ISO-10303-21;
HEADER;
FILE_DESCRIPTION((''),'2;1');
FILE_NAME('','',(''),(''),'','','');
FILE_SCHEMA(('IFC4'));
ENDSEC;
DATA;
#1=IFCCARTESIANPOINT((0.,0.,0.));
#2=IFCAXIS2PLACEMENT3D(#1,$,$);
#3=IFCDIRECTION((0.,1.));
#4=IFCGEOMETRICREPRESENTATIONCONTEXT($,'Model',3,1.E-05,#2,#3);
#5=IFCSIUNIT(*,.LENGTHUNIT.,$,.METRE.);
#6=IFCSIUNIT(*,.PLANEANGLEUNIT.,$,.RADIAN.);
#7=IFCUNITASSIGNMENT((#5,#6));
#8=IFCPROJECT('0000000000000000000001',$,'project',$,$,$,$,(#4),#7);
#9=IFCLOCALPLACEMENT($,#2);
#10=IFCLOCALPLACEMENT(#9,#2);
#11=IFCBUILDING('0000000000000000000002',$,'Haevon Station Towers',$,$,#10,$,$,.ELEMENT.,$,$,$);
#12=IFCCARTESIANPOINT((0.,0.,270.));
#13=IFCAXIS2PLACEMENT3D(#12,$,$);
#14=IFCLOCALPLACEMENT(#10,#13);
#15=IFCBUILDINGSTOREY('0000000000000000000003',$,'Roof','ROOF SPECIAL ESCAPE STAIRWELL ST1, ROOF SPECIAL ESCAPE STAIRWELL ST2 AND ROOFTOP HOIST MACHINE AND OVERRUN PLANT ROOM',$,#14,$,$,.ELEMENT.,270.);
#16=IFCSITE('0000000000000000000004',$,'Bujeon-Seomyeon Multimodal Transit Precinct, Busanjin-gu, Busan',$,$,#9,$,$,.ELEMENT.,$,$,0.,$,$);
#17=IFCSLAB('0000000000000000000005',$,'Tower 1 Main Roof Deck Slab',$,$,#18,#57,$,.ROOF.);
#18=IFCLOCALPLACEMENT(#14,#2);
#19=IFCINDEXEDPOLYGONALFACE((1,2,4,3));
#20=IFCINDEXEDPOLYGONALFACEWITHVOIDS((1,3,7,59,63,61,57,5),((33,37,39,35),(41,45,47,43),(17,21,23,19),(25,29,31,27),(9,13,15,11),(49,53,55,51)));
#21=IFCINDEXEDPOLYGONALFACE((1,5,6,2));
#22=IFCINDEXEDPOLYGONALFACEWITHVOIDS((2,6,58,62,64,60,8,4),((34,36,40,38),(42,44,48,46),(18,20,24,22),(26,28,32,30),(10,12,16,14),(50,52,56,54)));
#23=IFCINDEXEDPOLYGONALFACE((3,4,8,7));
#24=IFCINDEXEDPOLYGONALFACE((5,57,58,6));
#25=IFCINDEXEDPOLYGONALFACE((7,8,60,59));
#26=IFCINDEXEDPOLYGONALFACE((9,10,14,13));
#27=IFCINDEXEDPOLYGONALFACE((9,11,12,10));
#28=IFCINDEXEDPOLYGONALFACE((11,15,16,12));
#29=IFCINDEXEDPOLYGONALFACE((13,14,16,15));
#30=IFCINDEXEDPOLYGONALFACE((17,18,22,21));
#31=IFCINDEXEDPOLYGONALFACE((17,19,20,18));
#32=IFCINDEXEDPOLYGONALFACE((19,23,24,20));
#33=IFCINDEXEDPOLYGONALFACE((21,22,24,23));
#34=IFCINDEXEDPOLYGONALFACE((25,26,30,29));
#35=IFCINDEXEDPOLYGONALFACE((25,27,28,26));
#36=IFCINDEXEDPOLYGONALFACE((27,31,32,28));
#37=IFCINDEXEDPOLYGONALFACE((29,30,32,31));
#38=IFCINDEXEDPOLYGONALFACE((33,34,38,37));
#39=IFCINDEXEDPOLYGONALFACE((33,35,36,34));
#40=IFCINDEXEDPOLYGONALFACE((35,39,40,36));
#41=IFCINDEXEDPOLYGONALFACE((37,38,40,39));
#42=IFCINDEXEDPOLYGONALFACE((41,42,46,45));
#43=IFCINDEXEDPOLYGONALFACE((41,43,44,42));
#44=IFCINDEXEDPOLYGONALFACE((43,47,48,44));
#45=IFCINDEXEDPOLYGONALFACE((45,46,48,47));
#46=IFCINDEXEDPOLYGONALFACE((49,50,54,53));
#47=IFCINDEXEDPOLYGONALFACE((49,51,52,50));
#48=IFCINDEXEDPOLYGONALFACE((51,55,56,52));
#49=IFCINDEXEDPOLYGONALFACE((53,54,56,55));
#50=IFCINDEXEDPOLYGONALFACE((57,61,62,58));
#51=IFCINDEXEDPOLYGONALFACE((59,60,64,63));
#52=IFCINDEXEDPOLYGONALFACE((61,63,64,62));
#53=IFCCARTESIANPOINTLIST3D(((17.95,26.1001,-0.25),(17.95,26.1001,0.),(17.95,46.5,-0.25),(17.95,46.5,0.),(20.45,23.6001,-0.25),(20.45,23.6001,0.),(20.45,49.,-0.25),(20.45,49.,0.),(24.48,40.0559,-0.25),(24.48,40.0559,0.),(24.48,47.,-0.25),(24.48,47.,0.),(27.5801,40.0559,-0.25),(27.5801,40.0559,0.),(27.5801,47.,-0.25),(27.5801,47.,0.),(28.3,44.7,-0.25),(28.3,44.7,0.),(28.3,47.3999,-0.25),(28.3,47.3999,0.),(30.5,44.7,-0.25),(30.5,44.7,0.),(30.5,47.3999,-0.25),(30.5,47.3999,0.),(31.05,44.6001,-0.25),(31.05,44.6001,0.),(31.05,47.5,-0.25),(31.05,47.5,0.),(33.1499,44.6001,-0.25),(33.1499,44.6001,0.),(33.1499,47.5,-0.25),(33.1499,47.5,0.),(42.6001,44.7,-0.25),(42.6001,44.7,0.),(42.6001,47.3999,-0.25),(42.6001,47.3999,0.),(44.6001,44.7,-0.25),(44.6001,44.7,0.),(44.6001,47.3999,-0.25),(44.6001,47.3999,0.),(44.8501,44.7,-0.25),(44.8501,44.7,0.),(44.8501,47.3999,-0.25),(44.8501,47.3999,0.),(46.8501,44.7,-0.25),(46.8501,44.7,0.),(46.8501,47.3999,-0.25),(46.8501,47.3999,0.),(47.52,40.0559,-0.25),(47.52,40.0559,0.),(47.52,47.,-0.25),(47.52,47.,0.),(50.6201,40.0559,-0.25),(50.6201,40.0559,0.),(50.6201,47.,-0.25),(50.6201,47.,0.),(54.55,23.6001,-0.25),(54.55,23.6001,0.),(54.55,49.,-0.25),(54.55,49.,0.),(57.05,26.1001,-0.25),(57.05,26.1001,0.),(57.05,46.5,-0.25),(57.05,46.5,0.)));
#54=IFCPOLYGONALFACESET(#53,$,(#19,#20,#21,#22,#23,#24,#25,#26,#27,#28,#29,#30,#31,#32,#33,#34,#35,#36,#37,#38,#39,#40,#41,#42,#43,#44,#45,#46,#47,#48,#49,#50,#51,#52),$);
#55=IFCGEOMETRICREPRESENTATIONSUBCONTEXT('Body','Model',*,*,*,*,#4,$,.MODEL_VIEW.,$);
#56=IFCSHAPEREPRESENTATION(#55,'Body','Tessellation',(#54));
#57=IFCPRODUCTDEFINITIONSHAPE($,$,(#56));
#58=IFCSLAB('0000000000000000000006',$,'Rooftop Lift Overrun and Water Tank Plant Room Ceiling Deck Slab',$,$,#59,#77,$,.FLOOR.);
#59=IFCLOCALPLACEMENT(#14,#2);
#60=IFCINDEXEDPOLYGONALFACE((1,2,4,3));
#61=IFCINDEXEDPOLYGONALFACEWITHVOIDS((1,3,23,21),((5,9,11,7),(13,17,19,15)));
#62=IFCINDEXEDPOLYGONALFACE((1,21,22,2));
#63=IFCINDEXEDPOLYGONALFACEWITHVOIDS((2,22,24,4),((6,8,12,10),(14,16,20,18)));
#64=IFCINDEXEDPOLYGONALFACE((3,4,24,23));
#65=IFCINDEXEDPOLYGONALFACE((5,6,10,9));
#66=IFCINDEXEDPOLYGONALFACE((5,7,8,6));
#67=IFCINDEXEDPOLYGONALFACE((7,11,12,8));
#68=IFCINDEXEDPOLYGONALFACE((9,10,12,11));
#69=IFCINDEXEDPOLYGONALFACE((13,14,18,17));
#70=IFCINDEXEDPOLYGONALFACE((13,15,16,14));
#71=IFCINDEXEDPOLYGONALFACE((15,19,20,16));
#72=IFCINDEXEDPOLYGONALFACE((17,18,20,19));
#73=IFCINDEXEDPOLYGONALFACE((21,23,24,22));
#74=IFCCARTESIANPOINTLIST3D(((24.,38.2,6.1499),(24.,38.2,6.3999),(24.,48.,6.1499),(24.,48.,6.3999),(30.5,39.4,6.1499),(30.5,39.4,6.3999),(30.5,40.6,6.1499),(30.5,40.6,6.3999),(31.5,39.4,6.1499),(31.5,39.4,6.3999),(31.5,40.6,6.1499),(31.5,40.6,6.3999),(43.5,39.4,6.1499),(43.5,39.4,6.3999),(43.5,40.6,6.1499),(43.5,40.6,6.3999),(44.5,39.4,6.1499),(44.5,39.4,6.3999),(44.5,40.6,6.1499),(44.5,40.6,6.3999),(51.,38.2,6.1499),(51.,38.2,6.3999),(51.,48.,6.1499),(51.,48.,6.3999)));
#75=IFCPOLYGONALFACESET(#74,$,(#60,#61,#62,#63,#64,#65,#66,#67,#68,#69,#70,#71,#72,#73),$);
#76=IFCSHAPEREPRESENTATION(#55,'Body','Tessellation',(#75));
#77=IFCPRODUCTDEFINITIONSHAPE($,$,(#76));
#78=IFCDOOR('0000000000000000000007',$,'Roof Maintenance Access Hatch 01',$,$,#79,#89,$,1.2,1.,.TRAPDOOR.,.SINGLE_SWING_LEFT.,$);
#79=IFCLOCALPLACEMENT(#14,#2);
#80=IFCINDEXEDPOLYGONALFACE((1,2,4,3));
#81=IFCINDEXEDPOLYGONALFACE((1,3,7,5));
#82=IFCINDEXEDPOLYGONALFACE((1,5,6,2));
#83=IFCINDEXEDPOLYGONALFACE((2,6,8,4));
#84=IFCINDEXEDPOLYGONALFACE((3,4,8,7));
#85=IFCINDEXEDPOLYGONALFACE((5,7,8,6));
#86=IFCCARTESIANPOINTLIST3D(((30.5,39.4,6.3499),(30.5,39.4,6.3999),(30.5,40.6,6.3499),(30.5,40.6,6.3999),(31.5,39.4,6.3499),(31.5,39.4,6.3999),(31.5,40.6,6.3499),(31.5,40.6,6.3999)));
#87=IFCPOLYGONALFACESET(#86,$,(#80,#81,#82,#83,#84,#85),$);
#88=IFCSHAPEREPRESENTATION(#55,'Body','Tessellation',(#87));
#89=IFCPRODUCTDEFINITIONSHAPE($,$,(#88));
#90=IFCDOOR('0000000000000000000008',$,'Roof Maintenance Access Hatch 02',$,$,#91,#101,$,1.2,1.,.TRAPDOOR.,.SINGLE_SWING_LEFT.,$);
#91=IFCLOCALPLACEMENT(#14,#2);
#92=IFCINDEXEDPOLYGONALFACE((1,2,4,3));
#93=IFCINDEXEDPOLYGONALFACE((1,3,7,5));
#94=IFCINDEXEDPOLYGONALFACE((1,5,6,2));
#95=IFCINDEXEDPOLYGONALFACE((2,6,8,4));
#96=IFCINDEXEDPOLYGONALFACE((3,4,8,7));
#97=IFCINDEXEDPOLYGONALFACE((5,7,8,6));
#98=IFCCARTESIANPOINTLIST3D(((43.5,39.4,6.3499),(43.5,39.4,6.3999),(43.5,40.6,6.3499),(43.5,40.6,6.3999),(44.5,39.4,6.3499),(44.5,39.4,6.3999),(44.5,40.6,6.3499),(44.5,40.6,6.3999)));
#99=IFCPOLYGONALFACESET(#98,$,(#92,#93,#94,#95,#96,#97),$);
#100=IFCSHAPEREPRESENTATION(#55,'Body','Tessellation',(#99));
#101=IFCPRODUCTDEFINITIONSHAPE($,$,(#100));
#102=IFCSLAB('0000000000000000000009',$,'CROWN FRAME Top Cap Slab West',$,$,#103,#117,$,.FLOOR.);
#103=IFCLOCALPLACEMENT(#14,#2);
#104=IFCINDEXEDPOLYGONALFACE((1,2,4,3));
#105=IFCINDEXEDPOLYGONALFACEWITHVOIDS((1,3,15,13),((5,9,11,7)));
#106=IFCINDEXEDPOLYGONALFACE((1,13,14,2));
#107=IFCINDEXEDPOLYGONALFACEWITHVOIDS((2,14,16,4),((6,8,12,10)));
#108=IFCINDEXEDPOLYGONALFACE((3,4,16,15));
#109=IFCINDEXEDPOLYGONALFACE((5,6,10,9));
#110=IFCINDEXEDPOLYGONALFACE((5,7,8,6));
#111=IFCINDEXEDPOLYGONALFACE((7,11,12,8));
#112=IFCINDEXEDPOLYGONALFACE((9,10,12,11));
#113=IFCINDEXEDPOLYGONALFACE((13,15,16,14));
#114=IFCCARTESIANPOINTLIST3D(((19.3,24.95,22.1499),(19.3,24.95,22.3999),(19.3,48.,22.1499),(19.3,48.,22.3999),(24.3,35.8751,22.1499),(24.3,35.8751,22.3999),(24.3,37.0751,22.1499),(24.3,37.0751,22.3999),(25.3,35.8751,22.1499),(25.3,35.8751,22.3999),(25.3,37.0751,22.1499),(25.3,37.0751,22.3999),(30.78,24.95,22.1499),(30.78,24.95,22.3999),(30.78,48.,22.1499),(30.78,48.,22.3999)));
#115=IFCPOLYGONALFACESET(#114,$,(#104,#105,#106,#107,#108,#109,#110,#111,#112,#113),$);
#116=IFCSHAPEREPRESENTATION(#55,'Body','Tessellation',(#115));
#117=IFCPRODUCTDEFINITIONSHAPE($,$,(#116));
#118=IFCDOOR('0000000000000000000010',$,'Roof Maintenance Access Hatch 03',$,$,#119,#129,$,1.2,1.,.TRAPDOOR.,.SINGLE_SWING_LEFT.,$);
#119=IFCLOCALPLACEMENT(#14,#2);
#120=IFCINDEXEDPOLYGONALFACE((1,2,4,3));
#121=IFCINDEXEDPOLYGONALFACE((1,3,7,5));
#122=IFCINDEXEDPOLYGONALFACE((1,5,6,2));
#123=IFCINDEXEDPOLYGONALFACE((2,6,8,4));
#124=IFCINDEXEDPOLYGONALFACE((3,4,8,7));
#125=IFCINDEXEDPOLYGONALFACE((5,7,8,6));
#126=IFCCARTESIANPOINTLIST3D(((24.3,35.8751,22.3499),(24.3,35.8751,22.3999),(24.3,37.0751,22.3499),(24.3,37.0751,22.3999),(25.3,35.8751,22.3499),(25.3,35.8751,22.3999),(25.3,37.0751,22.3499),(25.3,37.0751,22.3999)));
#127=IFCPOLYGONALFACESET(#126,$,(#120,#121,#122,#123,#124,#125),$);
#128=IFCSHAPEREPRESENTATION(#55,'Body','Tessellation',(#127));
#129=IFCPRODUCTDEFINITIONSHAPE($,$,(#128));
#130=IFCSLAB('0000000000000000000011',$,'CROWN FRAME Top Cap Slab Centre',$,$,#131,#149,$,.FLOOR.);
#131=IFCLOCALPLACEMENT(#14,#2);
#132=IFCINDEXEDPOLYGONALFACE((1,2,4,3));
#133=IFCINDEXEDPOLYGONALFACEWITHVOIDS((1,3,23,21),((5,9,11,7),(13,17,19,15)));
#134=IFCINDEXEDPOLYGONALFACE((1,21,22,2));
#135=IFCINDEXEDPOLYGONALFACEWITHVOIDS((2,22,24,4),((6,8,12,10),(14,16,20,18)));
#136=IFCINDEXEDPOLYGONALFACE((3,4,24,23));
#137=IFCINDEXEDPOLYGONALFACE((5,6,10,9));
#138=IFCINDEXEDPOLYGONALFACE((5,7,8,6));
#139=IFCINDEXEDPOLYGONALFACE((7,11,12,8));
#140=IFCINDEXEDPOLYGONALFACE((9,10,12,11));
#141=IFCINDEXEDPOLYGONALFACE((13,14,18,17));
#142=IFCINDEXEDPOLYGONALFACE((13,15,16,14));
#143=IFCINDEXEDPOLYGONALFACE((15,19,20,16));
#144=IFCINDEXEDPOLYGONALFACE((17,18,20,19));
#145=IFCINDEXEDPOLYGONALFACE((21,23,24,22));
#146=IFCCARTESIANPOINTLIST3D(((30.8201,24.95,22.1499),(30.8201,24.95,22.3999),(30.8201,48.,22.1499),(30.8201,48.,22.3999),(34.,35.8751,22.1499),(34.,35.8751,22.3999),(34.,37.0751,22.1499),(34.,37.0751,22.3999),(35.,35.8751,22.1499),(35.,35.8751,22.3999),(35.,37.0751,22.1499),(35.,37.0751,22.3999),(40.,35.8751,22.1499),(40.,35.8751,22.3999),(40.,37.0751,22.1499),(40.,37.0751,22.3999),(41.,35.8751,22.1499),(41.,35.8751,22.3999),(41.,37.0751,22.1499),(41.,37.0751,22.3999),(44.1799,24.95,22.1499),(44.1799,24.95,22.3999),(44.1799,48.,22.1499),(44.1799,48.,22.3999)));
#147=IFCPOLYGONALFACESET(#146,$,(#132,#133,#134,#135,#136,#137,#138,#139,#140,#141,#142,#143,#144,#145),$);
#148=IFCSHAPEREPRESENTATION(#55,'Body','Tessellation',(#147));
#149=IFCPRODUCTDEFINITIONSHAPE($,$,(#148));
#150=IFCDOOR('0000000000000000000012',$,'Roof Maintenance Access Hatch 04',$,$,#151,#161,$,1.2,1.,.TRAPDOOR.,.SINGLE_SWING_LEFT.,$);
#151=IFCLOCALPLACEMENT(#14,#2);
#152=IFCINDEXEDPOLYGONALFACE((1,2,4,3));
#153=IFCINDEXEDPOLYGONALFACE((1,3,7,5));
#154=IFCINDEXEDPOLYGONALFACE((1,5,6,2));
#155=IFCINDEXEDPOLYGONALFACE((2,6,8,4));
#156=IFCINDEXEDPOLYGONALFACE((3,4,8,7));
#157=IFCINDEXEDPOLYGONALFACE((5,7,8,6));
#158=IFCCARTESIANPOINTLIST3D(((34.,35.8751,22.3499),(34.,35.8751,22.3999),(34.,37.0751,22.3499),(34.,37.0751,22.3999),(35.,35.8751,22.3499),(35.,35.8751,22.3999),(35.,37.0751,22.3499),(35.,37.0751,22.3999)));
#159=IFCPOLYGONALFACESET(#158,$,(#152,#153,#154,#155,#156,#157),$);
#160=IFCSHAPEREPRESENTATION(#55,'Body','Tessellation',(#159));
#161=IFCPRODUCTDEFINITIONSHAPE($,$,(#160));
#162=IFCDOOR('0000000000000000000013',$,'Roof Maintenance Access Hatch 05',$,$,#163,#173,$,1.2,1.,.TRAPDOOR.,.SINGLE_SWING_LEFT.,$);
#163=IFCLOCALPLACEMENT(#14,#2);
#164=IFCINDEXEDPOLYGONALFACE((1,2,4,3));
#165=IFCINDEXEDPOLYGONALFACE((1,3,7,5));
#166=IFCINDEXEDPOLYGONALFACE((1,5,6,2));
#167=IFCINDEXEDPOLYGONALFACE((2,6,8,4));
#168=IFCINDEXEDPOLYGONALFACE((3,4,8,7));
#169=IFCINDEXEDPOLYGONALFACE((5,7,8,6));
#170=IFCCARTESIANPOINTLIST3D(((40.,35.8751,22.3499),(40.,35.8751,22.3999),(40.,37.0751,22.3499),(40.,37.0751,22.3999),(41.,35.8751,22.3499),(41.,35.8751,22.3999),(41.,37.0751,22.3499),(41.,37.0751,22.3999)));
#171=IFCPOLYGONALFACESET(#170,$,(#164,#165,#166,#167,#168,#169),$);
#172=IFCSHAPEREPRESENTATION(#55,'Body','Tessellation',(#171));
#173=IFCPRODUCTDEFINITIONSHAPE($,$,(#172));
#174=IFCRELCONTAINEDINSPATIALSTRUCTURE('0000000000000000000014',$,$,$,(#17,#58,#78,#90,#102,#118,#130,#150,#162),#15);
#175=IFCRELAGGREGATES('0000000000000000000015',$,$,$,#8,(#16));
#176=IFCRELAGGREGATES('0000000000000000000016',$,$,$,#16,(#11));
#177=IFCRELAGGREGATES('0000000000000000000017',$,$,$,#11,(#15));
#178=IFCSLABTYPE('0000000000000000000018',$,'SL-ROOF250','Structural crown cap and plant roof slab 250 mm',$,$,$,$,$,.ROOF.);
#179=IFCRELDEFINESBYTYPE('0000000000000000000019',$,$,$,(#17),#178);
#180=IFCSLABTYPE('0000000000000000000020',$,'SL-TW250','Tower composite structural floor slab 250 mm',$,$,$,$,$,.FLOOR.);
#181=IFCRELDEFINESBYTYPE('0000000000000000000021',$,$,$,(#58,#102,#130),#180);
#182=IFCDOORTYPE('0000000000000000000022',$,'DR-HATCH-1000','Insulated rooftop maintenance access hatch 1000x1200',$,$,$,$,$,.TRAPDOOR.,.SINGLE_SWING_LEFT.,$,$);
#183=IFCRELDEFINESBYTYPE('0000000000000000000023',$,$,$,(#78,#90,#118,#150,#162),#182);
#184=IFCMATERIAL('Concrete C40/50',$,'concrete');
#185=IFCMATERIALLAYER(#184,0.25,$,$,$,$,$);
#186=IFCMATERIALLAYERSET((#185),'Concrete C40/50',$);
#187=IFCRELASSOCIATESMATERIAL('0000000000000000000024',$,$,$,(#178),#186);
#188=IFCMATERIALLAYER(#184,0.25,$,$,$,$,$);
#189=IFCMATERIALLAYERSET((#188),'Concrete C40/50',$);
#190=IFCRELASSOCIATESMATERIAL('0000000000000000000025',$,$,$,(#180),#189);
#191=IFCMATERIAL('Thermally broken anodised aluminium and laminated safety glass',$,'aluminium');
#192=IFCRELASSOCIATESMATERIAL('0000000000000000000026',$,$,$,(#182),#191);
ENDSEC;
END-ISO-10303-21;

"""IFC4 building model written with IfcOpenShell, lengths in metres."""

from ifc_helpers import new_model, si_unit, direction, frame, origin, origin_2d, place, context, subcontext, project, spatial, polyline, rectangle, outline, extrude, material, layer, layer_set, type_object, element, fill, save


model = new_model("IFC4")

# Units and contexts
model_context = context("Model", 3, precision=1e-05, world=origin(), true_north=direction((0.0, 1.0)))
body_context = subcontext(model_context, "Body", "Model", "MODEL_VIEW")
ifc_project = project(units=[si_unit("LENGTHUNIT", "METRE"), si_unit("PLANEANGLEUNIT", "RADIAN")], contexts=[model_context])

# Site, building, storey
site_placement = place(None, origin())
site = spatial("IfcSite", under=ifc_project, at=site_placement, Name="Bujeon-Seomyeon Multimodal Transit Precinct, Busanjin-gu, Busan", CompositionType="ELEMENT", RefElevation=0.0)
building_placement = place(site_placement, origin())
building = spatial("IfcBuilding", under=site, at=building_placement, Name="Haevon Station Towers", CompositionType="ELEMENT")
storey_placement = place(building_placement, frame((0.0, 0.0, 270.0)))
storey = spatial("IfcBuildingStorey", under=building, at=storey_placement, Name="Roof", Description="ROOF SPECIAL ESCAPE STAIRWELL ST1, ROOF SPECIAL ESCAPE STAIRWELL ST2 AND ROOFTOP HOIST MACHINE AND OVERRUN PLANT ROOM", CompositionType="ELEMENT", Elevation=270.0)

# Slab
ifc_material_1 = material(Name="Concrete C40/50", Category="concrete")
ifc_layer_1 = layer(ifc_material_1, 0.25)
ifc_layer_set_1 = layer_set([ifc_layer_1], Name="Concrete C40/50")
slab_type_1 = type_object("IfcSlabType", Name="SL-ROOF250", Description="Structural crown cap and plant roof slab 250 mm", PredefinedType="ROOF", material=ifc_layer_set_1)
slab_1_placement = place(storey_placement, frame((0.0, 0.0, -0.25)))
element("IfcSlab", 1, at=slab_1_placement, inside=storey, type_object=slab_type_1, Name="Tower 1 Main Roof Deck Slab", PredefinedType="ROOF", context=body_context, shape_type="SweptSolid", body=[
    extrude(outline(polyline([(20.45, 23.6001), (54.55, 23.6001), (57.05, 26.1001), (57.05, 46.5), (54.55, 49.0), (20.45, 49.0), (17.95, 46.5), (17.95, 26.1001), (20.45, 23.6001)]), holes=[polyline([(27.5801, 40.0559), (27.5801, 47.0), (24.48, 47.0), (24.48, 40.0559), (27.5801, 40.0559)]), polyline([(50.6201, 40.0559), (50.6201, 47.0), (47.52, 47.0), (47.52, 40.0559), (50.6201, 40.0559)]), polyline([(28.3, 44.7), (30.5, 44.7), (30.5, 47.3999), (28.3, 47.3999), (28.3, 44.7)]), polyline([(31.05, 44.6001), (33.1499, 44.6001), (33.1499, 47.5), (31.05, 47.5), (31.05, 44.6001)]), polyline([(42.6001, 44.7), (44.6001, 44.7), (44.6001, 47.3999), (42.6001, 47.3999), (42.6001, 44.7)]), polyline([(44.8501, 44.7), (46.8501, 44.7), (46.8501, 47.3999), (44.8501, 47.3999), (44.8501, 44.7)])]), origin(), (0.0, 0.0, 1.0), 0.25),
])

# Slab, openings, doors
ifc_layer_2 = layer(ifc_material_1, 0.25)
ifc_layer_set_2 = layer_set([ifc_layer_2], Name="Concrete C40/50")
slab_type_2 = type_object("IfcSlabType", Name="SL-TW250", Description="Tower composite structural floor slab 250 mm", PredefinedType="FLOOR", material=ifc_layer_set_2)
slab_2_placement = place(storey_placement, frame((0.0, 0.0, 6.1499)))
slab_2 = element("IfcSlab", 2, at=slab_2_placement, inside=storey, type_object=slab_type_2, Name="Rooftop Lift Overrun and Water Tank Plant Room Ceiling Deck Slab", PredefinedType="FLOOR", context=body_context, shape_type="SweptSolid", body=[
    extrude(outline(polyline([(24.0, 38.2), (51.0, 38.2), (51.0, 48.0), (24.0, 48.0), (24.0, 38.2)])), origin(), (0.0, 0.0, 1.0), 0.25),
])
opening_1_placement = place(slab_2_placement, frame((31.0, 40.0, -0.01)))
opening_1 = element("IfcOpeningElement", 3, at=opening_1_placement, cuts=slab_2, PredefinedType="OPENING", context=body_context, shape_type="SweptSolid", body=[
    extrude(rectangle(XDim=1.0, YDim=1.2, at=origin_2d()), origin(), (0.0, 0.0, 1.0), 0.27),
])
opening_2_placement = place(slab_2_placement, frame((44.0, 40.0, -0.01)))
opening_2 = element("IfcOpeningElement", 4, at=opening_2_placement, cuts=slab_2, PredefinedType="OPENING", context=body_context, shape_type="SweptSolid", body=[
    extrude(rectangle(XDim=1.0, YDim=1.2, at=origin_2d()), origin(), (0.0, 0.0, 1.0), 0.27),
])
ifc_material_2 = material(Name="Thermally broken anodised aluminium and laminated safety glass", Category="aluminium")
door_type = type_object("IfcDoorType", Name="DR-HATCH-1000", Description="Insulated rooftop maintenance access hatch 1000x1200", OperationType="SINGLE_SWING_LEFT", PredefinedType="TRAPDOOR", material=ifc_material_2)
door_1_placement = place(slab_2_placement, frame((31.0, 40.0, 0.2)))
door_1 = element("IfcDoor", 5, at=door_1_placement, inside=storey, type_object=door_type, Name="Roof Maintenance Access Hatch 01", OperationType="SINGLE_SWING_LEFT", OverallHeight=1.2, OverallWidth=1.0, PredefinedType="TRAPDOOR", context=body_context, shape_type="SweptSolid", body=[
    extrude(rectangle(XDim=1.0, YDim=1.2, at=origin_2d()), origin(), (0.0, 0.0, 1.0), 0.05),
])
fill(opening_1, door_1)
door_2_placement = place(slab_2_placement, frame((44.0, 40.0, 0.2)))
door_2 = element("IfcDoor", 6, at=door_2_placement, inside=storey, type_object=door_type, Name="Roof Maintenance Access Hatch 02", OperationType="SINGLE_SWING_LEFT", OverallHeight=1.2, OverallWidth=1.0, PredefinedType="TRAPDOOR", context=body_context, shape_type="SweptSolid", body=[
    extrude(rectangle(XDim=1.0, YDim=1.2, at=origin_2d()), origin(), (0.0, 0.0, 1.0), 0.05),
])
fill(opening_2, door_2)

# Slab, opening, door
slab_3_placement = place(storey_placement, frame((0.0, 0.0, 22.1499)))
slab_3 = element("IfcSlab", 7, at=slab_3_placement, inside=storey, type_object=slab_type_2, Name="CROWN FRAME Top Cap Slab West", PredefinedType="FLOOR", context=body_context, shape_type="SweptSolid", body=[
    extrude(outline(polyline([(19.3, 24.95), (30.78, 24.95), (30.78, 48.0), (19.3, 48.0), (19.3, 24.95)])), origin(), (0.0, 0.0, 1.0), 0.25),
])
opening_3_placement = place(slab_3_placement, frame((24.8, 36.4751, -0.01)))
opening_3 = element("IfcOpeningElement", 8, at=opening_3_placement, cuts=slab_3, PredefinedType="OPENING", context=body_context, shape_type="SweptSolid", body=[
    extrude(rectangle(XDim=1.0, YDim=1.2, at=origin_2d()), origin(), (0.0, 0.0, 1.0), 0.27),
])
door_3_placement = place(slab_3_placement, frame((24.8, 36.4751, 0.2)))
door_3 = element("IfcDoor", 9, at=door_3_placement, inside=storey, type_object=door_type, Name="Roof Maintenance Access Hatch 03", OperationType="SINGLE_SWING_LEFT", OverallHeight=1.2, OverallWidth=1.0, PredefinedType="TRAPDOOR", context=body_context, shape_type="SweptSolid", body=[
    extrude(rectangle(XDim=1.0, YDim=1.2, at=origin_2d()), origin(), (0.0, 0.0, 1.0), 0.05),
])
fill(opening_3, door_3)

# Slab, openings, doors
slab_4_placement = place(storey_placement, frame((0.0, 0.0, 22.1499)))
slab_4 = element("IfcSlab", 10, at=slab_4_placement, inside=storey, type_object=slab_type_2, Name="CROWN FRAME Top Cap Slab Centre", PredefinedType="FLOOR", context=body_context, shape_type="SweptSolid", body=[
    extrude(outline(polyline([(30.8201, 24.95), (44.1799, 24.95), (44.1799, 48.0), (30.8201, 48.0), (30.8201, 24.95)])), origin(), (0.0, 0.0, 1.0), 0.25),
])
opening_4_placement = place(slab_4_placement, frame((34.5, 36.4751, -0.01)))
opening_4 = element("IfcOpeningElement", 11, at=opening_4_placement, cuts=slab_4, PredefinedType="OPENING", context=body_context, shape_type="SweptSolid", body=[
    extrude(rectangle(XDim=1.0, YDim=1.2, at=origin_2d()), origin(), (0.0, 0.0, 1.0), 0.27),
])
opening_5_placement = place(slab_4_placement, frame((40.5, 36.4751, -0.01)))
opening_5 = element("IfcOpeningElement", 12, at=opening_5_placement, cuts=slab_4, PredefinedType="OPENING", context=body_context, shape_type="SweptSolid", body=[
    extrude(rectangle(XDim=1.0, YDim=1.2, at=origin_2d()), origin(), (0.0, 0.0, 1.0), 0.27),
])
door_4_placement = place(slab_4_placement, frame((34.5, 36.4751, 0.2)))
door_4 = element("IfcDoor", 13, at=door_4_placement, inside=storey, type_object=door_type, Name="Roof Maintenance Access Hatch 04", OperationType="SINGLE_SWING_LEFT", OverallHeight=1.2, OverallWidth=1.0, PredefinedType="TRAPDOOR", context=body_context, shape_type="SweptSolid", body=[
    extrude(rectangle(XDim=1.0, YDim=1.2, at=origin_2d()), origin(), (0.0, 0.0, 1.0), 0.05),
])
fill(opening_4, door_4)
door_5_placement = place(slab_4_placement, frame((40.5, 36.4751, 0.2)))
door_5 = element("IfcDoor", 14, at=door_5_placement, inside=storey, type_object=door_type, Name="Roof Maintenance Access Hatch 05", OperationType="SINGLE_SWING_LEFT", OverallHeight=1.2, OverallWidth=1.0, PredefinedType="TRAPDOOR", context=body_context, shape_type="SweptSolid", body=[
    extrude(rectangle(XDim=1.0, YDim=1.2, at=origin_2d()), origin(), (0.0, 0.0, 1.0), 0.05),
])
fill(opening_5, door_5)

save(model, "model.ifc")
